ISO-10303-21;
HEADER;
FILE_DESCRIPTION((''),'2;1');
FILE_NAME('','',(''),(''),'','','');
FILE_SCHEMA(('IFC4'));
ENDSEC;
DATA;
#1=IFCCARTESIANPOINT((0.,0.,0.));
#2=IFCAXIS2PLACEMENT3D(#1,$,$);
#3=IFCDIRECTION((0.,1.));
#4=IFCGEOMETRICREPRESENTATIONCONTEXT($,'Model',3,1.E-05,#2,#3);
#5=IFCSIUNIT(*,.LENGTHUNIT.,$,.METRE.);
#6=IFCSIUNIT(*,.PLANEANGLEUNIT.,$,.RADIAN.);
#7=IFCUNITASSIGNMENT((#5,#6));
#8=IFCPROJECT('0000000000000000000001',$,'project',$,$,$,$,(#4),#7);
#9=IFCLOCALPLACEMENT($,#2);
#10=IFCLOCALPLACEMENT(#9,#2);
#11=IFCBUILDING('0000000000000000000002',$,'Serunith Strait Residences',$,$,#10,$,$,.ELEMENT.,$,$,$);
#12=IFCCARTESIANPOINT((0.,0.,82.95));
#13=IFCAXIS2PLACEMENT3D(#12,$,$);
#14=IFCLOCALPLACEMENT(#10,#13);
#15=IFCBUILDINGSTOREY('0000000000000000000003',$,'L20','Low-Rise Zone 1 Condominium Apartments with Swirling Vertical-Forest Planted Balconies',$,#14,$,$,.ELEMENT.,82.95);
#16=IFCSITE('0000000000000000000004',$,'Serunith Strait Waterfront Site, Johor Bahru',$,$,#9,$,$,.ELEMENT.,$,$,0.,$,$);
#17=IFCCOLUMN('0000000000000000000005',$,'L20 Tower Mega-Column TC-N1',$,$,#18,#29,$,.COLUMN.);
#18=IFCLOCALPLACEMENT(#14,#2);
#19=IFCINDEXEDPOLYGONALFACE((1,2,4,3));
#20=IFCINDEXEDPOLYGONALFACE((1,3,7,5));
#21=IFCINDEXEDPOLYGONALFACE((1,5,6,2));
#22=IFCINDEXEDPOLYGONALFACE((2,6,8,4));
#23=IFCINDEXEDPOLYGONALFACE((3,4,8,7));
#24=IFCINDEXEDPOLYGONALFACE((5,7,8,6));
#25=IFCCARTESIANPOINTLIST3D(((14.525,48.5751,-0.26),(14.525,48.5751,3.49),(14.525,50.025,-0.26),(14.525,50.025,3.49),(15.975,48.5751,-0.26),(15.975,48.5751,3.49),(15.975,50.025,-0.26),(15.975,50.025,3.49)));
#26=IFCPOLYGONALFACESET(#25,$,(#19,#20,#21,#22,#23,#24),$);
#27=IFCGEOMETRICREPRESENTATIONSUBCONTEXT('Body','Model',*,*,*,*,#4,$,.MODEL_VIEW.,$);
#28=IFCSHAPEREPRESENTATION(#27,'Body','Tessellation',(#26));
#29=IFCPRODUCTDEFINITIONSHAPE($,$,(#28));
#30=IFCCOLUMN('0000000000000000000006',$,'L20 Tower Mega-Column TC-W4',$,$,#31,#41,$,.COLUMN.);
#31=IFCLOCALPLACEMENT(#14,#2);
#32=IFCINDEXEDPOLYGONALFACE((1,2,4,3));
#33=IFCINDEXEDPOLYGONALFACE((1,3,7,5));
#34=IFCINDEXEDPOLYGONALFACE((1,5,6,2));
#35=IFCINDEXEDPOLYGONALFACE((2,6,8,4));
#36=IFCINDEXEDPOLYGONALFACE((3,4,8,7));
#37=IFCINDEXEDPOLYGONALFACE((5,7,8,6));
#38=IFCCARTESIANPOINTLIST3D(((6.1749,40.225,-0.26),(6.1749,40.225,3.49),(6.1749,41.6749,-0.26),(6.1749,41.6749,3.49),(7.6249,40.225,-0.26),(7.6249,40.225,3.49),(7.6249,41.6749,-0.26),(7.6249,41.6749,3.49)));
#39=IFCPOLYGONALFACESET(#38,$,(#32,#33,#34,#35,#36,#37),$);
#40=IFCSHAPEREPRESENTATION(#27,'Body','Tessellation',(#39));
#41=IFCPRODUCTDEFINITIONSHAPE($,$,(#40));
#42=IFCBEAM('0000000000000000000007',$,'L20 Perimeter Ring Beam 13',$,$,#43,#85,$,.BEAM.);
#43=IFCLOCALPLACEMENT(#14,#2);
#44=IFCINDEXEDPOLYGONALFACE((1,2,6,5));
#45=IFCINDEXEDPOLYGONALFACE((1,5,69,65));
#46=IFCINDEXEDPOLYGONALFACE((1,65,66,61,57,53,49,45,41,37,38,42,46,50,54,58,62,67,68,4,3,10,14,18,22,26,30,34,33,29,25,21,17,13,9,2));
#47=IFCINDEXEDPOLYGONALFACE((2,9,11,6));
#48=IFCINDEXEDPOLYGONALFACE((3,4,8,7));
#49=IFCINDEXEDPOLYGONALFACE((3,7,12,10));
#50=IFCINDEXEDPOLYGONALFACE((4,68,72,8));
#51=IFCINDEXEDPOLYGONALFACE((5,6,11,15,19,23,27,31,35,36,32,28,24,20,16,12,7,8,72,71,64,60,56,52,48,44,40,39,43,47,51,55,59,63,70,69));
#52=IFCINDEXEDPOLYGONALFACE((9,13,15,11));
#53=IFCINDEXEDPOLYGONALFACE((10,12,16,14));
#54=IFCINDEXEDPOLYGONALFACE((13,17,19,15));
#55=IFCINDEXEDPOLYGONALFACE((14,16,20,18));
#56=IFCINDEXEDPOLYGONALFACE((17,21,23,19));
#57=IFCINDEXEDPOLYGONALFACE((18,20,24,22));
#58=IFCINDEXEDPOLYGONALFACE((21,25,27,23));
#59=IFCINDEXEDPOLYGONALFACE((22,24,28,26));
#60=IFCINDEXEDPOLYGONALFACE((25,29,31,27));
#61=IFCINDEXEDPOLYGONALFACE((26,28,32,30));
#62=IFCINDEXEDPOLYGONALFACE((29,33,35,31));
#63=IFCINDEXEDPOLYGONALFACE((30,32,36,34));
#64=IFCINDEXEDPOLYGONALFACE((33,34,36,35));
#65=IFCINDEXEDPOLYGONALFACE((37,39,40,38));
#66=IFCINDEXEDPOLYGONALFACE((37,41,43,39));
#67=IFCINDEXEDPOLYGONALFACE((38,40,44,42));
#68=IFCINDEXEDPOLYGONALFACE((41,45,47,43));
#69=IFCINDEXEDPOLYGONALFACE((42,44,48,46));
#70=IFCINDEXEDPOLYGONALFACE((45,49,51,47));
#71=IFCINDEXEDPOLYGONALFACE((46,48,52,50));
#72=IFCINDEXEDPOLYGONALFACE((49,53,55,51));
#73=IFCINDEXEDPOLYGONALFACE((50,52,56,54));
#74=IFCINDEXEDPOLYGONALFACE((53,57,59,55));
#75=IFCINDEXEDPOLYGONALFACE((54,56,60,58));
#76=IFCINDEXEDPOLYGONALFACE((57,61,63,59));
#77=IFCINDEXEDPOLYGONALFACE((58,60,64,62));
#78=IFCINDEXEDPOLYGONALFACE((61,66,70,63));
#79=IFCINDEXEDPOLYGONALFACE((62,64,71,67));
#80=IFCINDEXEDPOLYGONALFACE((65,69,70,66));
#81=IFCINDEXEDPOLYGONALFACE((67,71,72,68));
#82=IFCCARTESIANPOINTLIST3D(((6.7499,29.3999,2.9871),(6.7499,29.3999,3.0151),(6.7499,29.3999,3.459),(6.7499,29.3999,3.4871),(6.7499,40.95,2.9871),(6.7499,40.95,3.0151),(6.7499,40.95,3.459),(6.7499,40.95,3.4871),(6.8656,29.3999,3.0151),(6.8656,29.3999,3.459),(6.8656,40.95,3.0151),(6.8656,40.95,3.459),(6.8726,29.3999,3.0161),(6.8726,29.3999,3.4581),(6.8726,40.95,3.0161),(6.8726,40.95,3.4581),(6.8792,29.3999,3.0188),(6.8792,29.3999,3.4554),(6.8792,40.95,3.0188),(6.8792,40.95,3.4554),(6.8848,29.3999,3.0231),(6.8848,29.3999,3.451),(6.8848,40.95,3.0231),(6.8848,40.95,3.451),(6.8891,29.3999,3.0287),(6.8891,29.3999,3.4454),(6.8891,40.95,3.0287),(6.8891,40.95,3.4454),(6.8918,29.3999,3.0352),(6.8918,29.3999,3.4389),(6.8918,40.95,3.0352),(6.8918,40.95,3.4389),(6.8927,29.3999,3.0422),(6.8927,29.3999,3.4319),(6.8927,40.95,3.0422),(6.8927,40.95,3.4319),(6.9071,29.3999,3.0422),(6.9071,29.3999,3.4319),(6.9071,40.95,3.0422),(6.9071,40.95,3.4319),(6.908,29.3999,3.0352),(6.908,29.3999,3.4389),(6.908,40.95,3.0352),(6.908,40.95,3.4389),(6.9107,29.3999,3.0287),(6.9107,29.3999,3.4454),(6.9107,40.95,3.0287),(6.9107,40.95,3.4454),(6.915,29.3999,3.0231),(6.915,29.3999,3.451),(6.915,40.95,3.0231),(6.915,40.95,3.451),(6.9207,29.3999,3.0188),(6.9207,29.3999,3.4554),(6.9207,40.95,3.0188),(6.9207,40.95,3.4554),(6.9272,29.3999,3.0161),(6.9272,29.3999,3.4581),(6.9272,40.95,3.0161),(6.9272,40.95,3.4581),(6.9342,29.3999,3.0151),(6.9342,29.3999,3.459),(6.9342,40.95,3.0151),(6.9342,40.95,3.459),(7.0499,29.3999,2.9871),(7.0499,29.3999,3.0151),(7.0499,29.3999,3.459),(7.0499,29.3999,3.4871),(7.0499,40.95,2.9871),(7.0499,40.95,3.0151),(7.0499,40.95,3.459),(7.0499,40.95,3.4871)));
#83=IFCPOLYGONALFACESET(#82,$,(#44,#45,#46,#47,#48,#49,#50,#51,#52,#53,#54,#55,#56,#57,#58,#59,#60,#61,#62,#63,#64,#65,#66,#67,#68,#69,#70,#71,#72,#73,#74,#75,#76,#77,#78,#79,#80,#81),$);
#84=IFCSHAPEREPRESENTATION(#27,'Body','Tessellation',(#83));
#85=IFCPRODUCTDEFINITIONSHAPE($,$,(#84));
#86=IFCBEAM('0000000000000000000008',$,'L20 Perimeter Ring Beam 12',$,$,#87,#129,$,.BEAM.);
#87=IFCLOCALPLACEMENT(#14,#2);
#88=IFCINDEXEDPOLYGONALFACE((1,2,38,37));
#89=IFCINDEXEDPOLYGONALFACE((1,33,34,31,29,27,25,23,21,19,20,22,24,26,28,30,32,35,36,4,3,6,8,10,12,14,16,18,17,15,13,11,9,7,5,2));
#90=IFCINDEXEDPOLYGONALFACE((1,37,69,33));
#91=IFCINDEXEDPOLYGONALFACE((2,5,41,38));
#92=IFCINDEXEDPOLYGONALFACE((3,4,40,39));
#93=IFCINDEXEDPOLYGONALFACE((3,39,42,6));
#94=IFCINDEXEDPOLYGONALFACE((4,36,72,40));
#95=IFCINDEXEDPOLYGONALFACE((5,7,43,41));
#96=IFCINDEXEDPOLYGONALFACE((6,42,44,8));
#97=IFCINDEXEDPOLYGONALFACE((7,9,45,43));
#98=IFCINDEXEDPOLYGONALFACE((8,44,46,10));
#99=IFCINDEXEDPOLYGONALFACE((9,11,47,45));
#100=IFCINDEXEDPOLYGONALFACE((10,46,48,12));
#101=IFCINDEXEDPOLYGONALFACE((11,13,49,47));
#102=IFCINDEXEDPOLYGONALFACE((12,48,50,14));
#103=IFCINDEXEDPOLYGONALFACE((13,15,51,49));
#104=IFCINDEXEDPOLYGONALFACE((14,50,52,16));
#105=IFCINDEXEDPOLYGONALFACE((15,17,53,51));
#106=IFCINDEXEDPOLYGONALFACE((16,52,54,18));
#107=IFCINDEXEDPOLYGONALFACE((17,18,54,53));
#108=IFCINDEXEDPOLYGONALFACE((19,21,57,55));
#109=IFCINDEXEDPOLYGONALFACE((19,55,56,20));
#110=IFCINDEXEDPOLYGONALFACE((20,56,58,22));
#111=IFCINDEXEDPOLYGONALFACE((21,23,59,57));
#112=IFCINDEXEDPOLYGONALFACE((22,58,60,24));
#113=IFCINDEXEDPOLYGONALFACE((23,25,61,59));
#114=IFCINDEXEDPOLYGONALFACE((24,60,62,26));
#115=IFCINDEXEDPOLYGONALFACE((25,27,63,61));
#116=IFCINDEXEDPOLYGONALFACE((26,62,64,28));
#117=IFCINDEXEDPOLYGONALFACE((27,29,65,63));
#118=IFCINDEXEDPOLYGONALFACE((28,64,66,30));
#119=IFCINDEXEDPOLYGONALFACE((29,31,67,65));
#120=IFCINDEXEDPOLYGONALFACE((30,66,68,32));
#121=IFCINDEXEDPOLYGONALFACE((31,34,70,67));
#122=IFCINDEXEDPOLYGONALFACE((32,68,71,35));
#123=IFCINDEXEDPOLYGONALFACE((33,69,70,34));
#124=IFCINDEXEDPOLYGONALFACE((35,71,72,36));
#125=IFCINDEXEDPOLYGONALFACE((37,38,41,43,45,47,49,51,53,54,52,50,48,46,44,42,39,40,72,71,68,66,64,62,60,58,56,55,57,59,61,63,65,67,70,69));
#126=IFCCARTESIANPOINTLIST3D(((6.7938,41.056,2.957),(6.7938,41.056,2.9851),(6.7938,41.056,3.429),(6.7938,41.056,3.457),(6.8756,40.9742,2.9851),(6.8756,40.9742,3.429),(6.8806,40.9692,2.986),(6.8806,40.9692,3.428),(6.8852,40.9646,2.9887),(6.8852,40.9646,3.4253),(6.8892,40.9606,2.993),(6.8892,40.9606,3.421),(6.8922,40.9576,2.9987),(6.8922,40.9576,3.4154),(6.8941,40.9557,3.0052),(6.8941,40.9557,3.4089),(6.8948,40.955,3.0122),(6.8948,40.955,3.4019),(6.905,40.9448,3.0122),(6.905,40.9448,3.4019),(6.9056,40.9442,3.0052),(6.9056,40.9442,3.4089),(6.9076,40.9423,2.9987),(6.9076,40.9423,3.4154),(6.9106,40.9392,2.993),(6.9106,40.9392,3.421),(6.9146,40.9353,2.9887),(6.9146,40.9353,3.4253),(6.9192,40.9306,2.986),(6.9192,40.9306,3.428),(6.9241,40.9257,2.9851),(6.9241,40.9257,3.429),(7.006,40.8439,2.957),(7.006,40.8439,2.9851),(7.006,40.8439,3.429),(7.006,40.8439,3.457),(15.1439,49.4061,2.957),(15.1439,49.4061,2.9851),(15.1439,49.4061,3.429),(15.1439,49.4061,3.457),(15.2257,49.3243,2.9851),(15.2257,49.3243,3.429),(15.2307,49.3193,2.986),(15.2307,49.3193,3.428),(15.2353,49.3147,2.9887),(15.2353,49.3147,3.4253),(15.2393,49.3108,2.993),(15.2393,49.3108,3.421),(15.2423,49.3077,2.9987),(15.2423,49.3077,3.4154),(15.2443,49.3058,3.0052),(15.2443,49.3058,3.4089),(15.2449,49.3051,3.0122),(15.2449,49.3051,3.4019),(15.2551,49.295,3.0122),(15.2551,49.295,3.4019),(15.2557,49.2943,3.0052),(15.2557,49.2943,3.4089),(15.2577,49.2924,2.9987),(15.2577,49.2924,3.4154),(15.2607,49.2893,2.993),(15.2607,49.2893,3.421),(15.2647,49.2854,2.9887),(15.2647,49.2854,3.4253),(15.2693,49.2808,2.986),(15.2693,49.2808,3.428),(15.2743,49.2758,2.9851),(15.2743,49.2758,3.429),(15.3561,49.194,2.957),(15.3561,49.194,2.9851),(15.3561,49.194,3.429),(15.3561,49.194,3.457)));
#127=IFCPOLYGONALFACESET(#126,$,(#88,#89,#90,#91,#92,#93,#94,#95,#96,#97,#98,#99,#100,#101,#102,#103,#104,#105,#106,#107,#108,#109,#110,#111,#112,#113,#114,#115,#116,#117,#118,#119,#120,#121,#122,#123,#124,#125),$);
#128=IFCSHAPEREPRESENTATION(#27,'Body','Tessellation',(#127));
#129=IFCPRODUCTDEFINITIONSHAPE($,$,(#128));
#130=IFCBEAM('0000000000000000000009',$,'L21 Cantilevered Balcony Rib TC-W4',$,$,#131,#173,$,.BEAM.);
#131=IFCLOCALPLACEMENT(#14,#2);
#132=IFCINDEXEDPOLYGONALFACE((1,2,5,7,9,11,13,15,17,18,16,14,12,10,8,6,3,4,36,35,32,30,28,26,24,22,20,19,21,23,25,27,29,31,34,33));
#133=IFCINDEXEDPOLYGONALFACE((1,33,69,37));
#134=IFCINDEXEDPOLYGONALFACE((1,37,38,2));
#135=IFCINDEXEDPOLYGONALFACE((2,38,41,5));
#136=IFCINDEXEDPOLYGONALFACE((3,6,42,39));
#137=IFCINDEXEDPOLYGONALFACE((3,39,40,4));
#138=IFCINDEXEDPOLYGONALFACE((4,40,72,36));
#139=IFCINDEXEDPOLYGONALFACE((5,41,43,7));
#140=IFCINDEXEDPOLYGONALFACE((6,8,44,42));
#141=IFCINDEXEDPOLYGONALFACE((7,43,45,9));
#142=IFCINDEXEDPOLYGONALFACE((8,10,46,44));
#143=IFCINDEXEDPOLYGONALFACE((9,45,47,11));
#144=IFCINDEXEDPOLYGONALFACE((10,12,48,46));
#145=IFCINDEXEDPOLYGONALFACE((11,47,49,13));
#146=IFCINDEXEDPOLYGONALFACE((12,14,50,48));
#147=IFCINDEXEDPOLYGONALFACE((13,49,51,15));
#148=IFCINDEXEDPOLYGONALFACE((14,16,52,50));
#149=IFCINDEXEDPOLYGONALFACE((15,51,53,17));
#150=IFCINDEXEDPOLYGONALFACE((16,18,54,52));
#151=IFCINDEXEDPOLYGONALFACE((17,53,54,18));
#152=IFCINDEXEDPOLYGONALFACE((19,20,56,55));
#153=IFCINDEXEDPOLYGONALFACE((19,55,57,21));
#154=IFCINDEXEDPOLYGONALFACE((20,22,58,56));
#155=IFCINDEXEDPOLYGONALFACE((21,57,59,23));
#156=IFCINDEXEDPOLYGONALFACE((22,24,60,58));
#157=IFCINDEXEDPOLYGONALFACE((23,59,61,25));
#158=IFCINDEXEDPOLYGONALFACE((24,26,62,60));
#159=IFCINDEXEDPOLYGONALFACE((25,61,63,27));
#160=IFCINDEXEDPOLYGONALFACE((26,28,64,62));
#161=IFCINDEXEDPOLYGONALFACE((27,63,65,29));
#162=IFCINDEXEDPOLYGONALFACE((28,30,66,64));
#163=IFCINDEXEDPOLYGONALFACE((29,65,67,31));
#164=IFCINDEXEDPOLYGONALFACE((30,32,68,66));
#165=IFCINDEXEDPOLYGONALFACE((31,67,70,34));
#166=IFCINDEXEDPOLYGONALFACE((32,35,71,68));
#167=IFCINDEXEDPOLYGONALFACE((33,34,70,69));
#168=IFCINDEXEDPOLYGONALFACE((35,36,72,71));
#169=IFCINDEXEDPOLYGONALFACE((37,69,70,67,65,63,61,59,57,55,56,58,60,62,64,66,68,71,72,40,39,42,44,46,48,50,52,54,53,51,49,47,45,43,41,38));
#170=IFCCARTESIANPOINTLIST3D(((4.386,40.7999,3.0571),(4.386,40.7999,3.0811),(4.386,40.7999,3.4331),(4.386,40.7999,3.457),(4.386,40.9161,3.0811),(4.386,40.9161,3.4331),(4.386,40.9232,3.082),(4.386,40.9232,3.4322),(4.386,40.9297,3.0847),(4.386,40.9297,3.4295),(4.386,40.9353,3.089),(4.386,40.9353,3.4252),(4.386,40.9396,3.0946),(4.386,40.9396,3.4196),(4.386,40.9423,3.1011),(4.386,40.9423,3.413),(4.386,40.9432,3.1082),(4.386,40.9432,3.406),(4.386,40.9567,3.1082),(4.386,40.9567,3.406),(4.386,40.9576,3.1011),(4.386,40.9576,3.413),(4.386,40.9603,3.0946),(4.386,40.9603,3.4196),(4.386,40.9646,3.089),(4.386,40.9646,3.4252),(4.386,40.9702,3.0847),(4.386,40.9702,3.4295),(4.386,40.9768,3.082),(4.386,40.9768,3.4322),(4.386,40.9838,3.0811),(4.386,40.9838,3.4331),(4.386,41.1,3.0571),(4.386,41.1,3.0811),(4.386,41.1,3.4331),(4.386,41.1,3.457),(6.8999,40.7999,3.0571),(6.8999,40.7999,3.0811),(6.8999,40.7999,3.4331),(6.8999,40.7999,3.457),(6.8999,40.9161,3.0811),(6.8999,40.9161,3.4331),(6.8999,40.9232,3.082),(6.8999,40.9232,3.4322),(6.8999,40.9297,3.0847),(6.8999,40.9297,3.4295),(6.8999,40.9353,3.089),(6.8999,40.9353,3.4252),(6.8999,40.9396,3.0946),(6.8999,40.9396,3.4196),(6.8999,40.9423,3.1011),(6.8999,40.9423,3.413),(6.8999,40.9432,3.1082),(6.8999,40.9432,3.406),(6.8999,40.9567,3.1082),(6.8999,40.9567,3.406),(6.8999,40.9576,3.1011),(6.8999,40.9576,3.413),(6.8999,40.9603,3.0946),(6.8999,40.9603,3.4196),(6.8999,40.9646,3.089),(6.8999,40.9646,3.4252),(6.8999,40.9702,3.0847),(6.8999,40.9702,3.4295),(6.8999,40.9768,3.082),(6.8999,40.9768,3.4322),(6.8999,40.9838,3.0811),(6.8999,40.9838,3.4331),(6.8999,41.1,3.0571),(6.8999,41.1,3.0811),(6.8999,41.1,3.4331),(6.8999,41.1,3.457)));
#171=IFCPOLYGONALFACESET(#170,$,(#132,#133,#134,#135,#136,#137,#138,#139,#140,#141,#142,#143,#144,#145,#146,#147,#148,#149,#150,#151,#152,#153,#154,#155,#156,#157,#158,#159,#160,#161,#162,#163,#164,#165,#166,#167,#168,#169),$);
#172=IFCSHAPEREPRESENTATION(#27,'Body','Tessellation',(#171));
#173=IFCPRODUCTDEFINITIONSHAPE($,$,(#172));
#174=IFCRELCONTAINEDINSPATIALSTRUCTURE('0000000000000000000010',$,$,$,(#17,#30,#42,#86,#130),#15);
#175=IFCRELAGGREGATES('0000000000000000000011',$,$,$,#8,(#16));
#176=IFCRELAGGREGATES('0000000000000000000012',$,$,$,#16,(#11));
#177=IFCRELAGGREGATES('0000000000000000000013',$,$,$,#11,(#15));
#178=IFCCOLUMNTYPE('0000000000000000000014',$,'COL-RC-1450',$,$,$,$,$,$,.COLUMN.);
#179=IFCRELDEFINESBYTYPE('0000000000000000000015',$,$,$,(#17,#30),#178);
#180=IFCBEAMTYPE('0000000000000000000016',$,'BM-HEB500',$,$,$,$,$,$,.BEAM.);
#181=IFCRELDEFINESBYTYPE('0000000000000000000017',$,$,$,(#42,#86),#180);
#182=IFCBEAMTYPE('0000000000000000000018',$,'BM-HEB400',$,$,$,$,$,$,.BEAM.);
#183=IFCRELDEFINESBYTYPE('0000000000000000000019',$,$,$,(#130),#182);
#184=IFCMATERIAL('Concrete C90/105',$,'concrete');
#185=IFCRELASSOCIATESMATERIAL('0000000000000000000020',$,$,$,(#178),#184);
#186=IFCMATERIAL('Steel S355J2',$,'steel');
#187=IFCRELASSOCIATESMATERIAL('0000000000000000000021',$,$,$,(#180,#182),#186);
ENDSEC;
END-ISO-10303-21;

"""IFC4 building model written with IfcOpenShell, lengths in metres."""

from ifc_helpers import new_model, si_unit, direction, frame, origin, origin_2d, place, context, subcontext, project, spatial, rectangle, i_section, extrude, source, transform, mapped, material, material_profile, profile_set, type_object, element, save


model = new_model("IFC4")

# Units and contexts
model_context = context("Model", 3, precision=1e-05, world=origin(), true_north=direction((0.0, 1.0)))
body_context = subcontext(model_context, "Body", "Model", "MODEL_VIEW")
ifc_project = project(units=[si_unit("LENGTHUNIT", "METRE"), si_unit("PLANEANGLEUNIT", "RADIAN")], contexts=[model_context])

# Site, building, storey
site_placement = place(None, origin())
site = spatial("IfcSite", under=ifc_project, at=site_placement, Name="Serunith Strait Waterfront Site, Johor Bahru", CompositionType="ELEMENT", RefElevation=0.0)
building_placement = place(site_placement, origin())
building = spatial("IfcBuilding", under=site, at=building_placement, Name="Serunith Strait Residences", CompositionType="ELEMENT")
storey_placement = place(building_placement, frame((0.0, 0.0, 82.95)))
storey = spatial("IfcBuildingStorey", under=building, at=storey_placement, Name="L20", Description="Low-Rise Zone 1 Condominium Apartments with Swirling Vertical-Forest Planted Balconies", CompositionType="ELEMENT", Elevation=82.95)

# Columns
ifc_material_1 = material(Name="Concrete C90/105", Category="concrete")
ifc_material_profile_1 = material_profile(ifc_material_1, rectangle(XDim=1.45, YDim=1.45, at=origin_2d()), Name="RC 1450x1450")
ifc_profile_set_1 = profile_set([ifc_material_profile_1], Name="Concrete C90/105")
column_type = type_object("IfcColumnType", Name="COL-RC-1450", PredefinedType="COLUMN", material=ifc_profile_set_1)
shared_shape_1 = source(origin(), body_context, "Body", "SweptSolid", [
    extrude(rectangle(XDim=1.45, YDim=1.45, at=origin_2d()), origin(), (0.0, 0.0, 1.0), 3.75),
])
for number, where, z_axis, x_axis, name in (
    (1, (15.25, 49.3, -0.26), (0.0, 0.0, 1.0), (1.0, 0.0, 0.0), "L20 Tower Mega-Column TC-N1"),
    (2, (6.8999, 40.95, -0.26), (0.0, 0.0, 1.0), (1.0, 0.0, 0.0), "L20 Tower Mega-Column TC-W4"),
):
    element("IfcColumn", number, at=place(storey_placement, frame(where, z_axis=z_axis, x_axis=x_axis)), inside=storey, type_object=column_type, Name=name, PredefinedType="COLUMN", context=body_context, shape_type="MappedRepresentation", body=[
        mapped(shared_shape_1, transform((0.0, 0.0, 0.0), scale=1.0)),
    ])

# Beams
ifc_material_2 = material(Name="Steel S355J2", Category="steel")
ifc_material_profile_2 = material_profile(ifc_material_2, i_section(OverallWidth=0.3, OverallDepth=0.5, WebThickness=0.0144, FlangeThickness=0.0281, FilletRadius=0.0271, at=origin_2d()), Name="HEB 500")
ifc_profile_set_2 = profile_set([ifc_material_profile_2], Name="Steel S355J2")
beam_type_1 = type_object("IfcBeamType", Name="BM-HEB500", PredefinedType="BEAM", material=ifc_profile_set_2)
shared_shape_2 = source(origin(), body_context, "Body", "SweptSolid", [
    extrude(i_section(OverallWidth=0.3, OverallDepth=0.5, WebThickness=0.0144, FlangeThickness=0.0281, FilletRadius=0.0271, at=origin_2d()), origin(), (0.0, 0.0, 1.0), 11.55),
])
beam_1_placement = place(storey_placement, frame((6.8999, 40.95, 3.2371), z_axis=(0.0, -1.0, 0.0), x_axis=(1.0, 0.0, 0.0)))
element("IfcBeam", 3, at=beam_1_placement, inside=storey, type_object=beam_type_1, Name="L20 Perimeter Ring Beam 13", PredefinedType="BEAM", context=body_context, shape_type="MappedRepresentation", body=[
    mapped(shared_shape_2, transform((0.0, 0.0, 0.0), scale=1.0)),
])
shared_shape_3 = source(origin(), body_context, "Body", "SweptSolid", [
    extrude(i_section(OverallWidth=0.3, OverallDepth=0.5, WebThickness=0.0144, FlangeThickness=0.0281, FilletRadius=0.0271, at=origin_2d()), origin(), (0.0, 0.0, 1.0), 11.8088),
])
beam_2_placement = place(storey_placement, frame((15.25, 49.3, 3.207), z_axis=(-0.707107, -0.707107, 0.0), x_axis=(0.707107, -0.707107, 0.0)))
element("IfcBeam", 4, at=beam_2_placement, inside=storey, type_object=beam_type_1, Name="L20 Perimeter Ring Beam 12", PredefinedType="BEAM", context=body_context, shape_type="MappedRepresentation", body=[
    mapped(shared_shape_3, transform((0.0, 0.0, 0.0), scale=1.0)),
])
ifc_material_profile_3 = material_profile(ifc_material_2, i_section(OverallWidth=0.3, OverallDepth=0.3999, WebThickness=0.0134, FlangeThickness=0.0239, FilletRadius=0.0271, at=origin_2d()), Name="HEB 400")
ifc_profile_set_3 = profile_set([ifc_material_profile_3], Name="Steel S355J2")
beam_type_2 = type_object("IfcBeamType", Name="BM-HEB400", PredefinedType="BEAM", material=ifc_profile_set_3)
shared_shape_4 = source(origin(), body_context, "Body", "SweptSolid", [
    extrude(i_section(OverallWidth=0.3, OverallDepth=0.3999, WebThickness=0.0134, FlangeThickness=0.0239, FilletRadius=0.0271, at=origin_2d()), origin(), (0.0, 0.0, 1.0), 2.5139),
])
beam_3_placement = place(storey_placement, frame((6.8999, 40.95, 3.2571), z_axis=(-1.0, 0.0, 0.0), x_axis=(0.0, -1.0, 0.0)))
element("IfcBeam", 5, at=beam_3_placement, inside=storey, type_object=beam_type_2, Name="L21 Cantilevered Balcony Rib TC-W4", PredefinedType="BEAM", context=body_context, shape_type="MappedRepresentation", body=[
    mapped(shared_shape_4, transform((0.0, 0.0, 0.0), scale=1.0)),
])

save(model, "model.ifc")
